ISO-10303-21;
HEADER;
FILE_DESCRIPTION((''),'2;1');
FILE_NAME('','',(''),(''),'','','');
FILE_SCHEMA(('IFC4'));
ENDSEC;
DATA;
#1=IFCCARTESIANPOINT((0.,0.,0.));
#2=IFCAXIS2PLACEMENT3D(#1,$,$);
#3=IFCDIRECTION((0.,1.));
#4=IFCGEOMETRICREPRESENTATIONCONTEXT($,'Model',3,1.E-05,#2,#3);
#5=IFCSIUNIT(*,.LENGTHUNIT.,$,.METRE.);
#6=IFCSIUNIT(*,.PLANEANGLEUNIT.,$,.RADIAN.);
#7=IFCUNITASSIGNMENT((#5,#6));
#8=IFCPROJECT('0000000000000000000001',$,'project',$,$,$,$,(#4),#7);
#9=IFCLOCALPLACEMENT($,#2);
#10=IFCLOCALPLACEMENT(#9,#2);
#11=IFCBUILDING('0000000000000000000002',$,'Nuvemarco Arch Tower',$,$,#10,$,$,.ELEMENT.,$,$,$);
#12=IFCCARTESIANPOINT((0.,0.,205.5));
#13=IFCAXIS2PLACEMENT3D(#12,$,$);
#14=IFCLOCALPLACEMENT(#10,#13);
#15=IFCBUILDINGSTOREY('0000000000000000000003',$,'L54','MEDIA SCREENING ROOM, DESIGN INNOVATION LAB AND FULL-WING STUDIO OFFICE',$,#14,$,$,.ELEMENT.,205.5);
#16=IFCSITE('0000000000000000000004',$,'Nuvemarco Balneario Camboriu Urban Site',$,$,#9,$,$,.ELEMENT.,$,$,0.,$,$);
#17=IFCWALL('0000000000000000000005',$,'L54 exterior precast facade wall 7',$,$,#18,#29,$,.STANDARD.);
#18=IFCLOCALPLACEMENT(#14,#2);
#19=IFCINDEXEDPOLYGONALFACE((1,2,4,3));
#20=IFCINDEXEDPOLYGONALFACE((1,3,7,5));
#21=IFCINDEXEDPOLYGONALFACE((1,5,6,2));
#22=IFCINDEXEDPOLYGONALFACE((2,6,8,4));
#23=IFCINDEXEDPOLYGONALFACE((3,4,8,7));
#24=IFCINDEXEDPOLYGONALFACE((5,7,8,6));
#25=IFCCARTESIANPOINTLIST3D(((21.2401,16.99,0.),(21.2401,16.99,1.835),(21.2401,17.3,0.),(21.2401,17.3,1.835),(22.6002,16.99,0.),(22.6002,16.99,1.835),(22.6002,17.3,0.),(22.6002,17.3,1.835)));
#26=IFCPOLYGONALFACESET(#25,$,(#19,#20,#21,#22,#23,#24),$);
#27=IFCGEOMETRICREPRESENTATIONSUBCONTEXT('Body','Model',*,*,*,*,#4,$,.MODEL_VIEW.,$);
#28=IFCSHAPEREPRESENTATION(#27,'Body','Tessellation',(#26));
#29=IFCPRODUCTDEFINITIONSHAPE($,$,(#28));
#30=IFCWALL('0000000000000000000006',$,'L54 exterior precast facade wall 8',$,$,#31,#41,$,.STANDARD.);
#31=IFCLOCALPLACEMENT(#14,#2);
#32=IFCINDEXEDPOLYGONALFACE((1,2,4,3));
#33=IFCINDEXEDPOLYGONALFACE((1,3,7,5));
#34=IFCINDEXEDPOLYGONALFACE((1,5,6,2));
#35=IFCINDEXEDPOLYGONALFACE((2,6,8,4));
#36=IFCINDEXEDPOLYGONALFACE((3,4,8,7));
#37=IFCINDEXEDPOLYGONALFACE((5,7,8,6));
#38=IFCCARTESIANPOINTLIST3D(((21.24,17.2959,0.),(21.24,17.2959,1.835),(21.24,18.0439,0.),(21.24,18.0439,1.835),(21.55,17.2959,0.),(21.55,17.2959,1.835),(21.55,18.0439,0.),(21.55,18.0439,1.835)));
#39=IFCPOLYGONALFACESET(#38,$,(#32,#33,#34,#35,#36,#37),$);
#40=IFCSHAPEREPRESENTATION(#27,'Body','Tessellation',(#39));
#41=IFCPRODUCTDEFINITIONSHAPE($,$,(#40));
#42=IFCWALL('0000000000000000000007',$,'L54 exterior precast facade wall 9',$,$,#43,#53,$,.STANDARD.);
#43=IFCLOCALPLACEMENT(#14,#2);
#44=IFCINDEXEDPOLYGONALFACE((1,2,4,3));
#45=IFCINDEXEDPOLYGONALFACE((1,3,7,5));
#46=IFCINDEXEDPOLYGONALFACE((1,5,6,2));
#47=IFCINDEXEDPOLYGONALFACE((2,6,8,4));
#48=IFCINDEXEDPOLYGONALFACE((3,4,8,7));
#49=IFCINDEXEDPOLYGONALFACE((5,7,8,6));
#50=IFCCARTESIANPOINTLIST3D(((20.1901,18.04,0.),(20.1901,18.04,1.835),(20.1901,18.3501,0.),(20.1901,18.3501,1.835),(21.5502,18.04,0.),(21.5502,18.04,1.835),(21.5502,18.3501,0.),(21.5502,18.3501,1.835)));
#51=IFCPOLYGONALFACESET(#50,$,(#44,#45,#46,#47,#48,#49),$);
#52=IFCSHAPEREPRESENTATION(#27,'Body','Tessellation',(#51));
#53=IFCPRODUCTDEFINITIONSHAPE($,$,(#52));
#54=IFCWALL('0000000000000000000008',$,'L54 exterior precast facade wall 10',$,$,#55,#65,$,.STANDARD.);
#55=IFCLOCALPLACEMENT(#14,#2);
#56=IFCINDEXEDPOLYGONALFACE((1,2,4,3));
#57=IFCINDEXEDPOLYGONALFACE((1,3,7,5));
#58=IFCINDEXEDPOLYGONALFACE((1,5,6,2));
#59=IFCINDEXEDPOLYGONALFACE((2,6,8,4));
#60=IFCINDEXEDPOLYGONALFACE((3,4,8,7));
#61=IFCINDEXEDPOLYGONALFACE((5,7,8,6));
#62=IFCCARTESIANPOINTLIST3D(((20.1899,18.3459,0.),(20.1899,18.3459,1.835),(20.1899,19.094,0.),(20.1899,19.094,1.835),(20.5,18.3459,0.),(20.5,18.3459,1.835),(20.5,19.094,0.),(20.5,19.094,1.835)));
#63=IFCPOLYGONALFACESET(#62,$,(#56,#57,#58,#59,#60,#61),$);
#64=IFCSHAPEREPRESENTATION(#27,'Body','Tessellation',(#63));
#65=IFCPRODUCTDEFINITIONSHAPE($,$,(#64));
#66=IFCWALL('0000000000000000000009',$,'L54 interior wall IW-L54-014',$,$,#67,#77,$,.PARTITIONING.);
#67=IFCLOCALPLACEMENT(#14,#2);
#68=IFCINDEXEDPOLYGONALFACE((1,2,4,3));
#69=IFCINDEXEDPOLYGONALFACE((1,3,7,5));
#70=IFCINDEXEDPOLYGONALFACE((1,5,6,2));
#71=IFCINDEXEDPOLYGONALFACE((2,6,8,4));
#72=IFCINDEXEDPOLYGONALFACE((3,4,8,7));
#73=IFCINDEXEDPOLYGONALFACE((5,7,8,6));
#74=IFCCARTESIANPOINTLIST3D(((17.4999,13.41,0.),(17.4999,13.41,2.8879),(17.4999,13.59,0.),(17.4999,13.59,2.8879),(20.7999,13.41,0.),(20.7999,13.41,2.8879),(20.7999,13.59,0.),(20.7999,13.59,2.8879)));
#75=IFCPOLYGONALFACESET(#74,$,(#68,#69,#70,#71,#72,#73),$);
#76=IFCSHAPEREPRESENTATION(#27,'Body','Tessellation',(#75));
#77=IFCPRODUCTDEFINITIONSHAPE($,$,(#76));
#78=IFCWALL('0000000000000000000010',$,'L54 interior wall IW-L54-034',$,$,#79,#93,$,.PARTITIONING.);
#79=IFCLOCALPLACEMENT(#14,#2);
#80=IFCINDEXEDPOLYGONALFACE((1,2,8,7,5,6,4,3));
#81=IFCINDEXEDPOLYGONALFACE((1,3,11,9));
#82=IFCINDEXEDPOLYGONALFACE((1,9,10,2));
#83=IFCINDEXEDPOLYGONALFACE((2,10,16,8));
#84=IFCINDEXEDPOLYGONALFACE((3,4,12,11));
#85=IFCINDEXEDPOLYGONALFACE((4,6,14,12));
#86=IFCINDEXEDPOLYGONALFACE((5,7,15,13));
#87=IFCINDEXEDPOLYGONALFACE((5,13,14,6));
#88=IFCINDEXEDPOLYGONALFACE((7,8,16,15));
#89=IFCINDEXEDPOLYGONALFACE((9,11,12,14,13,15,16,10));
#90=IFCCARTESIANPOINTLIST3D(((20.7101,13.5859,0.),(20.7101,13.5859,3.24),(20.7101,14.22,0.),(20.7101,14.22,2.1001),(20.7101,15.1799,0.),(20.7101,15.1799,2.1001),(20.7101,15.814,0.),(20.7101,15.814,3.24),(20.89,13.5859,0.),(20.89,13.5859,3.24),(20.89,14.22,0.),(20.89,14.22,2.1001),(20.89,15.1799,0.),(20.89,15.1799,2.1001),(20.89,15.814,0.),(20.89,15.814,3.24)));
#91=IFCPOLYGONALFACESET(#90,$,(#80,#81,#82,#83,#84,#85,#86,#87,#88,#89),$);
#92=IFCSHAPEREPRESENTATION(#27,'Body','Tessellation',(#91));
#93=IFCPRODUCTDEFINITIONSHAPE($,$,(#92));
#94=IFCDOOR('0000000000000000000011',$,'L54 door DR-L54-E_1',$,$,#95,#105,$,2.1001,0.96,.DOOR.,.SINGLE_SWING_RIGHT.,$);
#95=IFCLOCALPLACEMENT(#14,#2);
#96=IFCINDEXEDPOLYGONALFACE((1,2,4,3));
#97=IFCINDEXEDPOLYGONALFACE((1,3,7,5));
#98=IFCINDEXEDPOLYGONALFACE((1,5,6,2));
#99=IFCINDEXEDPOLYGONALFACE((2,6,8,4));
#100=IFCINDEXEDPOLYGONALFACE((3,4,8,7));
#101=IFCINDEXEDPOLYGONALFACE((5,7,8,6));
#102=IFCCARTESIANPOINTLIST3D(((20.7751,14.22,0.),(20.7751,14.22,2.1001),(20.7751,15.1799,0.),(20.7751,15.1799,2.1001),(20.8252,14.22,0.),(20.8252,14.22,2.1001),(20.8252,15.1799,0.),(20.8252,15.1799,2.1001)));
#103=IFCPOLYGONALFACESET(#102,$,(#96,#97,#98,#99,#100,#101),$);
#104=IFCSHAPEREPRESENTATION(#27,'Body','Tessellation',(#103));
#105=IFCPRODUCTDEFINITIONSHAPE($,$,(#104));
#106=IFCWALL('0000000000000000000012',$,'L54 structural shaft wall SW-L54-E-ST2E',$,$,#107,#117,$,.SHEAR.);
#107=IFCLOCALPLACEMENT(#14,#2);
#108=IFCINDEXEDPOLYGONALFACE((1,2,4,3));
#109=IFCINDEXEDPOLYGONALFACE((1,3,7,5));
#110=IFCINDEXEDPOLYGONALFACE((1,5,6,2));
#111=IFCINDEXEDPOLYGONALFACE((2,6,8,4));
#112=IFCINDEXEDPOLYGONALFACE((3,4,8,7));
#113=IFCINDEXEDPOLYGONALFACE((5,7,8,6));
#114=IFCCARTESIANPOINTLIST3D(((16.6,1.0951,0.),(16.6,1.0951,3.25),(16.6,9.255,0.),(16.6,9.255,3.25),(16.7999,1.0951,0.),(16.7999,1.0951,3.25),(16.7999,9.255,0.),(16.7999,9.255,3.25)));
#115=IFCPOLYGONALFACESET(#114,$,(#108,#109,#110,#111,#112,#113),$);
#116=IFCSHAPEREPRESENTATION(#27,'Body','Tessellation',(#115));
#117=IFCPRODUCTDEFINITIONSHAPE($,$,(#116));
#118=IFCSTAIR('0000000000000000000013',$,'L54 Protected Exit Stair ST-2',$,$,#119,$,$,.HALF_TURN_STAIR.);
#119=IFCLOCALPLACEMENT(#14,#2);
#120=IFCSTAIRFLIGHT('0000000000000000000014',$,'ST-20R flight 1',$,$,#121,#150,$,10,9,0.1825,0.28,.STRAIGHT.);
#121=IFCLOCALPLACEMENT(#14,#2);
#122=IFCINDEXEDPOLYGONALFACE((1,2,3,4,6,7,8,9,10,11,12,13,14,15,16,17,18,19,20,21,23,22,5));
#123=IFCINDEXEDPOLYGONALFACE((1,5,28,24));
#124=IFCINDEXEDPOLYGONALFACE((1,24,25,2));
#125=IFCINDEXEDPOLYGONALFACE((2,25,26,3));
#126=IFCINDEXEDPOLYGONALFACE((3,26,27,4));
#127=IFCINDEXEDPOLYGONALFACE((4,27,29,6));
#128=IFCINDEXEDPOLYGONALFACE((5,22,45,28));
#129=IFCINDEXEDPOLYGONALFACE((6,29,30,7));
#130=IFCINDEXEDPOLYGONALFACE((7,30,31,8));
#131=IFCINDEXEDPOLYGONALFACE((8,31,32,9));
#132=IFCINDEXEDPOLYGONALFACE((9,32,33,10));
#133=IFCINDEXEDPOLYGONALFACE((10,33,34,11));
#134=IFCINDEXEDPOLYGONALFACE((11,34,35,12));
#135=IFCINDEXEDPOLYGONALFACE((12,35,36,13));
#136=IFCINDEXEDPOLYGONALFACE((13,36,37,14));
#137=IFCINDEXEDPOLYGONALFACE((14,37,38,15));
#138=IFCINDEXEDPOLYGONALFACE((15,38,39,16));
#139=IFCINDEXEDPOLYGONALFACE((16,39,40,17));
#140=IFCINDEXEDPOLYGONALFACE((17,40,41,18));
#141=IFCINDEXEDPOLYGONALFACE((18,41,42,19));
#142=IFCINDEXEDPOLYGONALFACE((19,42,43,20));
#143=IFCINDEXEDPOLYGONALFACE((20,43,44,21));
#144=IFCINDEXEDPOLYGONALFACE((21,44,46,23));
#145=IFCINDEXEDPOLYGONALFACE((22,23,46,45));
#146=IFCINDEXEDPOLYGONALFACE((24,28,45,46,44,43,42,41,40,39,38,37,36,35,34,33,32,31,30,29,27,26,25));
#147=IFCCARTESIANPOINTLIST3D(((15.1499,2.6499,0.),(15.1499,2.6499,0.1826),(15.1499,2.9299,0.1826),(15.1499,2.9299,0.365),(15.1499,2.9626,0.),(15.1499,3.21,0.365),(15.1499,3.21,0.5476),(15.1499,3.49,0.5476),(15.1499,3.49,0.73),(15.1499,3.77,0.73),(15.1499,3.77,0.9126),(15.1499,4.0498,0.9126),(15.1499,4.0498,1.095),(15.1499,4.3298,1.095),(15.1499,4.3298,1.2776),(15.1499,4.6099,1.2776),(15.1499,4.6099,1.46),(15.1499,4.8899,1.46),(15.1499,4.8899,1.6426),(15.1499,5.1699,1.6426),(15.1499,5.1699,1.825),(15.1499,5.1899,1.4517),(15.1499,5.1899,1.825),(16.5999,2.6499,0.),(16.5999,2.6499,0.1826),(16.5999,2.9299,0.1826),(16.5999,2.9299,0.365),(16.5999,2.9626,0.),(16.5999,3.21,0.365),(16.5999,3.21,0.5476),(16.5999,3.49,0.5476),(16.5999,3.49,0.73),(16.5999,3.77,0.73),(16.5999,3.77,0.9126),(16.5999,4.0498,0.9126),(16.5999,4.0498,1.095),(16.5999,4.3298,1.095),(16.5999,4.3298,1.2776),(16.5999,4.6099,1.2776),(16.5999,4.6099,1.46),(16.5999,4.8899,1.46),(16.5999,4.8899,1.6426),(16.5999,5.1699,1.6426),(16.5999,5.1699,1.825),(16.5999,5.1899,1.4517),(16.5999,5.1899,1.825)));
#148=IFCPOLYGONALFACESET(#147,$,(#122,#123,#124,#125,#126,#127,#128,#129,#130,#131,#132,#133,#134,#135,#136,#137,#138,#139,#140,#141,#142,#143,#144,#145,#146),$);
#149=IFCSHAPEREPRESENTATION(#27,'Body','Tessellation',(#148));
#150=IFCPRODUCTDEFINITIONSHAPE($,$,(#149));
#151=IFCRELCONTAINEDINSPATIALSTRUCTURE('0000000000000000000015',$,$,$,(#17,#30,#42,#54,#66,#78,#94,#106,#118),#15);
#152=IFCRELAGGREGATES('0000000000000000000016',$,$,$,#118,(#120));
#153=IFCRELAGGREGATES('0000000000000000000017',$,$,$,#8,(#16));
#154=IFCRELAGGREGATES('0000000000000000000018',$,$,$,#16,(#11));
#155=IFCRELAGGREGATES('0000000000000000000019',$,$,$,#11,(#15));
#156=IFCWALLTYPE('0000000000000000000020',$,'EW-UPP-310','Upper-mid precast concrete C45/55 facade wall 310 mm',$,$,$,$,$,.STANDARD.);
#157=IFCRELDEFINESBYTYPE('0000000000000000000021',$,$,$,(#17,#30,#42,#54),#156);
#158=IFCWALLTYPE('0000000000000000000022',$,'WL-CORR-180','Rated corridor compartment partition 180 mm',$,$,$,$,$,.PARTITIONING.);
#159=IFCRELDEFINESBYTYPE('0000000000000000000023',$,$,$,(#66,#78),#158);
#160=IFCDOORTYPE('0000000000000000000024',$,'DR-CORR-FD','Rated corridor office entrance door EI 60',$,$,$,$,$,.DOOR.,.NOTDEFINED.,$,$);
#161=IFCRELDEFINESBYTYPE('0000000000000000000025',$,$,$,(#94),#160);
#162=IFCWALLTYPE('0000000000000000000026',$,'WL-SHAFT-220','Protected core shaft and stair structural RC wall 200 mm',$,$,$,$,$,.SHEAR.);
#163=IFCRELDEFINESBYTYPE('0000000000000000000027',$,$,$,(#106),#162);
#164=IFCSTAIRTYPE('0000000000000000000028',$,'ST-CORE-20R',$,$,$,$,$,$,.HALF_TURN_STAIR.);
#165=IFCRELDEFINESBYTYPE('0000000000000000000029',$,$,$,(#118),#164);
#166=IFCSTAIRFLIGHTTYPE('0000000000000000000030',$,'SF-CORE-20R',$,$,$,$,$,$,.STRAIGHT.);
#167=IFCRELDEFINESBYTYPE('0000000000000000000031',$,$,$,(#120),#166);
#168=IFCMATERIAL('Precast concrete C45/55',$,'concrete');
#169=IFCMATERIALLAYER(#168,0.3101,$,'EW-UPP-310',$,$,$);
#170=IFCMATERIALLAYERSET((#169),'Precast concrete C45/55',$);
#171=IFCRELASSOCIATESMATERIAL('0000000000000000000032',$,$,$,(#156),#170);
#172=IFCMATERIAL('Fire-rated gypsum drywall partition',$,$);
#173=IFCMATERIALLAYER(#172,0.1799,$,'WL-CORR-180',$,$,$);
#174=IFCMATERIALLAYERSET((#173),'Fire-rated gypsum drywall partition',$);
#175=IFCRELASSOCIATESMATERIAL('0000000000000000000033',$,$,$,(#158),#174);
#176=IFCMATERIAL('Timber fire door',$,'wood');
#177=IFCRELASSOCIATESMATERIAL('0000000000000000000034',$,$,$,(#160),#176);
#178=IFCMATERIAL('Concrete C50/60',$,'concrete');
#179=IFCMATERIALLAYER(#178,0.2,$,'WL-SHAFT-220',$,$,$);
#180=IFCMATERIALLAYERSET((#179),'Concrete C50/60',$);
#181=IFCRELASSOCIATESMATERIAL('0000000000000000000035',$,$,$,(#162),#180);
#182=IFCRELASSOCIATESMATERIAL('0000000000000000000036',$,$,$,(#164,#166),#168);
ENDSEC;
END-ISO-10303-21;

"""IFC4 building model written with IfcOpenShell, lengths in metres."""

from ifc_helpers import new_model, si_unit, direction, frame, frame_2d, origin, place, context, subcontext, project, spatial, polyline, rectangle, outline, extrude, source, transform, mapped, material, layer, layer_set, type_object, type_shapes, element, fill, aggregate, save


model = new_model("IFC4")

# Units and contexts
model_context = context("Model", 3, precision=1e-05, world=origin(), true_north=direction((0.0, 1.0)))
body_context = subcontext(model_context, "Body", "Model", "MODEL_VIEW")
ifc_project = project(units=[si_unit("LENGTHUNIT", "METRE"), si_unit("PLANEANGLEUNIT", "RADIAN")], contexts=[model_context])

# Site, building, storey
site_placement = place(None, origin())
site = spatial("IfcSite", under=ifc_project, at=site_placement, Name="Nuvemarco Balneario Camboriu Urban Site", CompositionType="ELEMENT", RefElevation=0.0)
building_placement = place(site_placement, origin())
building = spatial("IfcBuilding", under=site, at=building_placement, Name="Nuvemarco Arch Tower", CompositionType="ELEMENT")
storey_placement = place(building_placement, frame((0.0, 0.0, 205.5)))
storey = spatial("IfcBuildingStorey", under=building, at=storey_placement, Name="L54", Description="MEDIA SCREENING ROOM, DESIGN INNOVATION LAB AND FULL-WING STUDIO OFFICE", CompositionType="ELEMENT", Elevation=205.5)

# Shared definitions
ifc_material_1 = material(Name="Concrete C50/60", Category="concrete")

# Shared definitions
ifc_material_2 = material(Name="Precast concrete C45/55", Category="concrete")

# Walls
ifc_layer_1 = layer(ifc_material_2, 0.3101, Name="EW-UPP-310")
ifc_layer_set_1 = layer_set([ifc_layer_1], Name="Precast concrete C45/55")
wall_type_1 = type_object("IfcWallType", Name="EW-UPP-310", Description="Upper-mid precast concrete C45/55 facade wall 310 mm", PredefinedType="STANDARD", material=ifc_layer_set_1)
wall_1_placement = place(storey_placement, frame((21.24, 17.145, 0.0), z_axis=(0.0, 0.0, 1.0), x_axis=(1.0, 0.0, 0.0)))
element("IfcWall", 1, at=wall_1_placement, inside=storey, type_object=wall_type_1, Name="L54 exterior precast facade wall 7", PredefinedType="STANDARD", context=body_context, shape_type="SweptSolid", body=[
    extrude(rectangle(XDim=1.3601, YDim=0.3101, at=frame_2d((0.6802, 0.0))), origin(), (0.0, 0.0, 1.0), 1.835),
])
wall_2_placement = place(storey_placement, frame((21.395, 17.2959, 0.0), z_axis=(0.0, 0.0, 1.0), x_axis=(0.0, 1.0, 0.0)))
element("IfcWall", 2, at=wall_2_placement, inside=storey, type_object=wall_type_1, Name="L54 exterior precast facade wall 8", PredefinedType="STANDARD", context=body_context, shape_type="SweptSolid", body=[
    extrude(rectangle(XDim=0.748, YDim=0.3101, at=frame_2d((0.374, 0.0))), origin(), (0.0, 0.0, 1.0), 1.835),
])
wall_3_placement = place(storey_placement, frame((20.1899, 18.1951, 0.0), z_axis=(0.0, 0.0, 1.0), x_axis=(1.0, 0.0, 0.0)))
element("IfcWall", 3, at=wall_3_placement, inside=storey, type_object=wall_type_1, Name="L54 exterior precast facade wall 9", PredefinedType="STANDARD", context=body_context, shape_type="SweptSolid", body=[
    extrude(rectangle(XDim=1.3601, YDim=0.3101, at=frame_2d((0.6802, 0.0))), origin(), (0.0, 0.0, 1.0), 1.835),
])
wall_4_placement = place(storey_placement, frame((20.345, 18.3459, 0.0), z_axis=(0.0, 0.0, 1.0), x_axis=(0.0, 1.0, 0.0)))
element("IfcWall", 4, at=wall_4_placement, inside=storey, type_object=wall_type_1, Name="L54 exterior precast facade wall 10", PredefinedType="STANDARD", context=body_context, shape_type="SweptSolid", body=[
    extrude(rectangle(XDim=0.748, YDim=0.3101, at=frame_2d((0.374, 0.0))), origin(), (0.0, 0.0, 1.0), 1.835),
])
ifc_material_3 = material(Name="Fire-rated gypsum drywall partition")
ifc_layer_2 = layer(ifc_material_3, 0.1799, Name="WL-CORR-180")
ifc_layer_set_2 = layer_set([ifc_layer_2], Name="Fire-rated gypsum drywall partition")
wall_type_2 = type_object("IfcWallType", Name="WL-CORR-180", Description="Rated corridor compartment partition 180 mm", PredefinedType="PARTITIONING", material=ifc_layer_set_2)
wall_5_placement = place(storey_placement, frame((17.5, 13.5, 0.0), z_axis=(0.0, 0.0, 1.0), x_axis=(1.0, 0.0, 0.0)))
element("IfcWall", 5, at=wall_5_placement, inside=storey, type_object=wall_type_2, Name="L54 interior wall IW-L54-014", PredefinedType="PARTITIONING", context=body_context, shape_type="SweptSolid", body=[
    extrude(rectangle(XDim=3.3, YDim=0.1799, at=frame_2d((1.6499, 0.0))), origin(), (0.0, 0.0, 1.0), 2.8879),
])

# Wall, opening, door
wall_6_placement = place(storey_placement, frame((20.8, 13.5859, 0.0), z_axis=(0.0, 0.0, 1.0), x_axis=(0.0, 1.0, 0.0)))
wall_6 = element("IfcWall", 6, at=wall_6_placement, inside=storey, type_object=wall_type_2, Name="L54 interior wall IW-L54-034", PredefinedType="PARTITIONING", context=body_context, shape_type="SweptSolid", body=[
    extrude(rectangle(XDim=2.228, YDim=0.1799, at=frame_2d((1.114, 0.0))), origin(), (0.0, 0.0, 1.0), 3.24),
])
opening_placement = place(wall_6_placement, frame((0.634, 0.0, 0.0)))
opening = element("IfcOpeningElement", 7, at=opening_placement, cuts=wall_6, PredefinedType="OPENING", context=body_context, shape_type="SweptSolid", body=[
    extrude(rectangle(XDim=0.96, YDim=2.1001, at=frame_2d((0.48, 1.05))), frame((0.0, 0.0999, 0.0), z_axis=(0.0, -1.0, 0.0), x_axis=(1.0, 0.0, 0.0)), (0.0, 0.0, 1.0), 0.2),
])
ifc_material_4 = material(Name="Timber fire door", Category="wood")
door_type = type_object("IfcDoorType", Name="DR-CORR-FD", Description="Rated corridor office entrance door EI 60", OperationType="NOTDEFINED", PredefinedType="DOOR", material=ifc_material_4)
shared_shape_1 = source(origin(), body_context, "Body", "SweptSolid", [
    extrude(rectangle(XDim=0.96, YDim=2.1001, at=frame_2d((0.48, 1.05))), frame((0.0, 0.0249, 0.0), z_axis=(0.0, -1.0, 0.0), x_axis=(1.0, 0.0, 0.0)), (0.0, 0.0, 1.0), 0.05),
])
type_shapes(door_type, [shared_shape_1])
door_placement = place(opening_placement, origin())
door = element("IfcDoor", 8, at=door_placement, inside=storey, type_object=door_type, Name="L54 door DR-L54-E_1", OperationType="SINGLE_SWING_RIGHT", OverallHeight=2.1001, OverallWidth=0.96, PredefinedType="DOOR", context=body_context, shape_type="MappedRepresentation", body=[
    mapped(shared_shape_1, transform((0.0, 0.0, 0.0), scale=1.0)),
])
fill(opening, door)

# Wall
ifc_layer_3 = layer(ifc_material_1, 0.2, Name="WL-SHAFT-220")
ifc_layer_set_3 = layer_set([ifc_layer_3], Name="Concrete C50/60")
wall_type_3 = type_object("IfcWallType", Name="WL-SHAFT-220", Description="Protected core shaft and stair structural RC wall 200 mm", PredefinedType="SHEAR", material=ifc_layer_set_3)
wall_7_placement = place(storey_placement, frame((16.7, 1.095, 0.0), z_axis=(0.0, 0.0, 1.0), x_axis=(0.0, 1.0, 0.0)))
element("IfcWall", 9, at=wall_7_placement, inside=storey, type_object=wall_type_3, Name="L54 structural shaft wall SW-L54-E-ST2E", PredefinedType="SHEAR", context=body_context, shape_type="SweptSolid", body=[
    extrude(rectangle(XDim=8.1599, YDim=0.2, at=frame_2d((4.0801, 0.0))), origin(), (0.0, 0.0, 1.0), 3.25),
])

# Stair, stair flight
stair_type = type_object("IfcStairType", Name="ST-CORE-20R", PredefinedType="HALF_TURN_STAIR", material=ifc_material_2)
stair_placement = place(storey_placement, origin())
stair = element("IfcStair", 10, at=stair_placement, inside=storey, type_object=stair_type, Name="L54 Protected Exit Stair ST-2", PredefinedType="HALF_TURN_STAIR")
stair_flight_type = type_object("IfcStairFlightType", Name="SF-CORE-20R", PredefinedType="STRAIGHT", material=ifc_material_2)
stair_flight_placement = place(storey_placement, frame((15.875, 2.6499, 0.0), z_axis=(0.0, 0.0, 1.0), x_axis=(0.0, 1.0, 0.0)))
stair_flight = element("IfcStairFlight", 11, at=stair_flight_placement, type_object=stair_flight_type, Name="ST-20R flight 1", NumberOfRisers=10, NumberOfTreads=9, PredefinedType="STRAIGHT", RiserHeight=0.1825, TreadLength=0.28, context=body_context, shape_type="SweptSolid", body=[
    extrude(outline(polyline([(0.0, 0.0), (0.0, 0.1826), (0.28, 0.1826), (0.28, 0.365), (0.5601, 0.365), (0.5601, 0.5476), (0.8401, 0.5476), (0.8401, 0.73), (1.1201, 0.73), (1.1201, 0.9126), (1.3999, 0.9126), (1.3999, 1.095), (1.6799, 1.095), (1.6799, 1.2776), (1.96, 1.2776), (1.96, 1.46), (2.24, 1.46), (2.24, 1.6426), (2.52, 1.6426), (2.52, 1.825), (2.54, 1.825), (2.54, 1.4517), (0.3127, 0.0), (0.0, 0.0)])), frame((0.0, 0.7251, 0.0), z_axis=(0.0, -1.0, 0.0), x_axis=(1.0, 0.0, 0.0)), (0.0, 0.0, 1.0), 1.45),
])
aggregate(stair, [stair_flight])

save(model, "model.ifc")
